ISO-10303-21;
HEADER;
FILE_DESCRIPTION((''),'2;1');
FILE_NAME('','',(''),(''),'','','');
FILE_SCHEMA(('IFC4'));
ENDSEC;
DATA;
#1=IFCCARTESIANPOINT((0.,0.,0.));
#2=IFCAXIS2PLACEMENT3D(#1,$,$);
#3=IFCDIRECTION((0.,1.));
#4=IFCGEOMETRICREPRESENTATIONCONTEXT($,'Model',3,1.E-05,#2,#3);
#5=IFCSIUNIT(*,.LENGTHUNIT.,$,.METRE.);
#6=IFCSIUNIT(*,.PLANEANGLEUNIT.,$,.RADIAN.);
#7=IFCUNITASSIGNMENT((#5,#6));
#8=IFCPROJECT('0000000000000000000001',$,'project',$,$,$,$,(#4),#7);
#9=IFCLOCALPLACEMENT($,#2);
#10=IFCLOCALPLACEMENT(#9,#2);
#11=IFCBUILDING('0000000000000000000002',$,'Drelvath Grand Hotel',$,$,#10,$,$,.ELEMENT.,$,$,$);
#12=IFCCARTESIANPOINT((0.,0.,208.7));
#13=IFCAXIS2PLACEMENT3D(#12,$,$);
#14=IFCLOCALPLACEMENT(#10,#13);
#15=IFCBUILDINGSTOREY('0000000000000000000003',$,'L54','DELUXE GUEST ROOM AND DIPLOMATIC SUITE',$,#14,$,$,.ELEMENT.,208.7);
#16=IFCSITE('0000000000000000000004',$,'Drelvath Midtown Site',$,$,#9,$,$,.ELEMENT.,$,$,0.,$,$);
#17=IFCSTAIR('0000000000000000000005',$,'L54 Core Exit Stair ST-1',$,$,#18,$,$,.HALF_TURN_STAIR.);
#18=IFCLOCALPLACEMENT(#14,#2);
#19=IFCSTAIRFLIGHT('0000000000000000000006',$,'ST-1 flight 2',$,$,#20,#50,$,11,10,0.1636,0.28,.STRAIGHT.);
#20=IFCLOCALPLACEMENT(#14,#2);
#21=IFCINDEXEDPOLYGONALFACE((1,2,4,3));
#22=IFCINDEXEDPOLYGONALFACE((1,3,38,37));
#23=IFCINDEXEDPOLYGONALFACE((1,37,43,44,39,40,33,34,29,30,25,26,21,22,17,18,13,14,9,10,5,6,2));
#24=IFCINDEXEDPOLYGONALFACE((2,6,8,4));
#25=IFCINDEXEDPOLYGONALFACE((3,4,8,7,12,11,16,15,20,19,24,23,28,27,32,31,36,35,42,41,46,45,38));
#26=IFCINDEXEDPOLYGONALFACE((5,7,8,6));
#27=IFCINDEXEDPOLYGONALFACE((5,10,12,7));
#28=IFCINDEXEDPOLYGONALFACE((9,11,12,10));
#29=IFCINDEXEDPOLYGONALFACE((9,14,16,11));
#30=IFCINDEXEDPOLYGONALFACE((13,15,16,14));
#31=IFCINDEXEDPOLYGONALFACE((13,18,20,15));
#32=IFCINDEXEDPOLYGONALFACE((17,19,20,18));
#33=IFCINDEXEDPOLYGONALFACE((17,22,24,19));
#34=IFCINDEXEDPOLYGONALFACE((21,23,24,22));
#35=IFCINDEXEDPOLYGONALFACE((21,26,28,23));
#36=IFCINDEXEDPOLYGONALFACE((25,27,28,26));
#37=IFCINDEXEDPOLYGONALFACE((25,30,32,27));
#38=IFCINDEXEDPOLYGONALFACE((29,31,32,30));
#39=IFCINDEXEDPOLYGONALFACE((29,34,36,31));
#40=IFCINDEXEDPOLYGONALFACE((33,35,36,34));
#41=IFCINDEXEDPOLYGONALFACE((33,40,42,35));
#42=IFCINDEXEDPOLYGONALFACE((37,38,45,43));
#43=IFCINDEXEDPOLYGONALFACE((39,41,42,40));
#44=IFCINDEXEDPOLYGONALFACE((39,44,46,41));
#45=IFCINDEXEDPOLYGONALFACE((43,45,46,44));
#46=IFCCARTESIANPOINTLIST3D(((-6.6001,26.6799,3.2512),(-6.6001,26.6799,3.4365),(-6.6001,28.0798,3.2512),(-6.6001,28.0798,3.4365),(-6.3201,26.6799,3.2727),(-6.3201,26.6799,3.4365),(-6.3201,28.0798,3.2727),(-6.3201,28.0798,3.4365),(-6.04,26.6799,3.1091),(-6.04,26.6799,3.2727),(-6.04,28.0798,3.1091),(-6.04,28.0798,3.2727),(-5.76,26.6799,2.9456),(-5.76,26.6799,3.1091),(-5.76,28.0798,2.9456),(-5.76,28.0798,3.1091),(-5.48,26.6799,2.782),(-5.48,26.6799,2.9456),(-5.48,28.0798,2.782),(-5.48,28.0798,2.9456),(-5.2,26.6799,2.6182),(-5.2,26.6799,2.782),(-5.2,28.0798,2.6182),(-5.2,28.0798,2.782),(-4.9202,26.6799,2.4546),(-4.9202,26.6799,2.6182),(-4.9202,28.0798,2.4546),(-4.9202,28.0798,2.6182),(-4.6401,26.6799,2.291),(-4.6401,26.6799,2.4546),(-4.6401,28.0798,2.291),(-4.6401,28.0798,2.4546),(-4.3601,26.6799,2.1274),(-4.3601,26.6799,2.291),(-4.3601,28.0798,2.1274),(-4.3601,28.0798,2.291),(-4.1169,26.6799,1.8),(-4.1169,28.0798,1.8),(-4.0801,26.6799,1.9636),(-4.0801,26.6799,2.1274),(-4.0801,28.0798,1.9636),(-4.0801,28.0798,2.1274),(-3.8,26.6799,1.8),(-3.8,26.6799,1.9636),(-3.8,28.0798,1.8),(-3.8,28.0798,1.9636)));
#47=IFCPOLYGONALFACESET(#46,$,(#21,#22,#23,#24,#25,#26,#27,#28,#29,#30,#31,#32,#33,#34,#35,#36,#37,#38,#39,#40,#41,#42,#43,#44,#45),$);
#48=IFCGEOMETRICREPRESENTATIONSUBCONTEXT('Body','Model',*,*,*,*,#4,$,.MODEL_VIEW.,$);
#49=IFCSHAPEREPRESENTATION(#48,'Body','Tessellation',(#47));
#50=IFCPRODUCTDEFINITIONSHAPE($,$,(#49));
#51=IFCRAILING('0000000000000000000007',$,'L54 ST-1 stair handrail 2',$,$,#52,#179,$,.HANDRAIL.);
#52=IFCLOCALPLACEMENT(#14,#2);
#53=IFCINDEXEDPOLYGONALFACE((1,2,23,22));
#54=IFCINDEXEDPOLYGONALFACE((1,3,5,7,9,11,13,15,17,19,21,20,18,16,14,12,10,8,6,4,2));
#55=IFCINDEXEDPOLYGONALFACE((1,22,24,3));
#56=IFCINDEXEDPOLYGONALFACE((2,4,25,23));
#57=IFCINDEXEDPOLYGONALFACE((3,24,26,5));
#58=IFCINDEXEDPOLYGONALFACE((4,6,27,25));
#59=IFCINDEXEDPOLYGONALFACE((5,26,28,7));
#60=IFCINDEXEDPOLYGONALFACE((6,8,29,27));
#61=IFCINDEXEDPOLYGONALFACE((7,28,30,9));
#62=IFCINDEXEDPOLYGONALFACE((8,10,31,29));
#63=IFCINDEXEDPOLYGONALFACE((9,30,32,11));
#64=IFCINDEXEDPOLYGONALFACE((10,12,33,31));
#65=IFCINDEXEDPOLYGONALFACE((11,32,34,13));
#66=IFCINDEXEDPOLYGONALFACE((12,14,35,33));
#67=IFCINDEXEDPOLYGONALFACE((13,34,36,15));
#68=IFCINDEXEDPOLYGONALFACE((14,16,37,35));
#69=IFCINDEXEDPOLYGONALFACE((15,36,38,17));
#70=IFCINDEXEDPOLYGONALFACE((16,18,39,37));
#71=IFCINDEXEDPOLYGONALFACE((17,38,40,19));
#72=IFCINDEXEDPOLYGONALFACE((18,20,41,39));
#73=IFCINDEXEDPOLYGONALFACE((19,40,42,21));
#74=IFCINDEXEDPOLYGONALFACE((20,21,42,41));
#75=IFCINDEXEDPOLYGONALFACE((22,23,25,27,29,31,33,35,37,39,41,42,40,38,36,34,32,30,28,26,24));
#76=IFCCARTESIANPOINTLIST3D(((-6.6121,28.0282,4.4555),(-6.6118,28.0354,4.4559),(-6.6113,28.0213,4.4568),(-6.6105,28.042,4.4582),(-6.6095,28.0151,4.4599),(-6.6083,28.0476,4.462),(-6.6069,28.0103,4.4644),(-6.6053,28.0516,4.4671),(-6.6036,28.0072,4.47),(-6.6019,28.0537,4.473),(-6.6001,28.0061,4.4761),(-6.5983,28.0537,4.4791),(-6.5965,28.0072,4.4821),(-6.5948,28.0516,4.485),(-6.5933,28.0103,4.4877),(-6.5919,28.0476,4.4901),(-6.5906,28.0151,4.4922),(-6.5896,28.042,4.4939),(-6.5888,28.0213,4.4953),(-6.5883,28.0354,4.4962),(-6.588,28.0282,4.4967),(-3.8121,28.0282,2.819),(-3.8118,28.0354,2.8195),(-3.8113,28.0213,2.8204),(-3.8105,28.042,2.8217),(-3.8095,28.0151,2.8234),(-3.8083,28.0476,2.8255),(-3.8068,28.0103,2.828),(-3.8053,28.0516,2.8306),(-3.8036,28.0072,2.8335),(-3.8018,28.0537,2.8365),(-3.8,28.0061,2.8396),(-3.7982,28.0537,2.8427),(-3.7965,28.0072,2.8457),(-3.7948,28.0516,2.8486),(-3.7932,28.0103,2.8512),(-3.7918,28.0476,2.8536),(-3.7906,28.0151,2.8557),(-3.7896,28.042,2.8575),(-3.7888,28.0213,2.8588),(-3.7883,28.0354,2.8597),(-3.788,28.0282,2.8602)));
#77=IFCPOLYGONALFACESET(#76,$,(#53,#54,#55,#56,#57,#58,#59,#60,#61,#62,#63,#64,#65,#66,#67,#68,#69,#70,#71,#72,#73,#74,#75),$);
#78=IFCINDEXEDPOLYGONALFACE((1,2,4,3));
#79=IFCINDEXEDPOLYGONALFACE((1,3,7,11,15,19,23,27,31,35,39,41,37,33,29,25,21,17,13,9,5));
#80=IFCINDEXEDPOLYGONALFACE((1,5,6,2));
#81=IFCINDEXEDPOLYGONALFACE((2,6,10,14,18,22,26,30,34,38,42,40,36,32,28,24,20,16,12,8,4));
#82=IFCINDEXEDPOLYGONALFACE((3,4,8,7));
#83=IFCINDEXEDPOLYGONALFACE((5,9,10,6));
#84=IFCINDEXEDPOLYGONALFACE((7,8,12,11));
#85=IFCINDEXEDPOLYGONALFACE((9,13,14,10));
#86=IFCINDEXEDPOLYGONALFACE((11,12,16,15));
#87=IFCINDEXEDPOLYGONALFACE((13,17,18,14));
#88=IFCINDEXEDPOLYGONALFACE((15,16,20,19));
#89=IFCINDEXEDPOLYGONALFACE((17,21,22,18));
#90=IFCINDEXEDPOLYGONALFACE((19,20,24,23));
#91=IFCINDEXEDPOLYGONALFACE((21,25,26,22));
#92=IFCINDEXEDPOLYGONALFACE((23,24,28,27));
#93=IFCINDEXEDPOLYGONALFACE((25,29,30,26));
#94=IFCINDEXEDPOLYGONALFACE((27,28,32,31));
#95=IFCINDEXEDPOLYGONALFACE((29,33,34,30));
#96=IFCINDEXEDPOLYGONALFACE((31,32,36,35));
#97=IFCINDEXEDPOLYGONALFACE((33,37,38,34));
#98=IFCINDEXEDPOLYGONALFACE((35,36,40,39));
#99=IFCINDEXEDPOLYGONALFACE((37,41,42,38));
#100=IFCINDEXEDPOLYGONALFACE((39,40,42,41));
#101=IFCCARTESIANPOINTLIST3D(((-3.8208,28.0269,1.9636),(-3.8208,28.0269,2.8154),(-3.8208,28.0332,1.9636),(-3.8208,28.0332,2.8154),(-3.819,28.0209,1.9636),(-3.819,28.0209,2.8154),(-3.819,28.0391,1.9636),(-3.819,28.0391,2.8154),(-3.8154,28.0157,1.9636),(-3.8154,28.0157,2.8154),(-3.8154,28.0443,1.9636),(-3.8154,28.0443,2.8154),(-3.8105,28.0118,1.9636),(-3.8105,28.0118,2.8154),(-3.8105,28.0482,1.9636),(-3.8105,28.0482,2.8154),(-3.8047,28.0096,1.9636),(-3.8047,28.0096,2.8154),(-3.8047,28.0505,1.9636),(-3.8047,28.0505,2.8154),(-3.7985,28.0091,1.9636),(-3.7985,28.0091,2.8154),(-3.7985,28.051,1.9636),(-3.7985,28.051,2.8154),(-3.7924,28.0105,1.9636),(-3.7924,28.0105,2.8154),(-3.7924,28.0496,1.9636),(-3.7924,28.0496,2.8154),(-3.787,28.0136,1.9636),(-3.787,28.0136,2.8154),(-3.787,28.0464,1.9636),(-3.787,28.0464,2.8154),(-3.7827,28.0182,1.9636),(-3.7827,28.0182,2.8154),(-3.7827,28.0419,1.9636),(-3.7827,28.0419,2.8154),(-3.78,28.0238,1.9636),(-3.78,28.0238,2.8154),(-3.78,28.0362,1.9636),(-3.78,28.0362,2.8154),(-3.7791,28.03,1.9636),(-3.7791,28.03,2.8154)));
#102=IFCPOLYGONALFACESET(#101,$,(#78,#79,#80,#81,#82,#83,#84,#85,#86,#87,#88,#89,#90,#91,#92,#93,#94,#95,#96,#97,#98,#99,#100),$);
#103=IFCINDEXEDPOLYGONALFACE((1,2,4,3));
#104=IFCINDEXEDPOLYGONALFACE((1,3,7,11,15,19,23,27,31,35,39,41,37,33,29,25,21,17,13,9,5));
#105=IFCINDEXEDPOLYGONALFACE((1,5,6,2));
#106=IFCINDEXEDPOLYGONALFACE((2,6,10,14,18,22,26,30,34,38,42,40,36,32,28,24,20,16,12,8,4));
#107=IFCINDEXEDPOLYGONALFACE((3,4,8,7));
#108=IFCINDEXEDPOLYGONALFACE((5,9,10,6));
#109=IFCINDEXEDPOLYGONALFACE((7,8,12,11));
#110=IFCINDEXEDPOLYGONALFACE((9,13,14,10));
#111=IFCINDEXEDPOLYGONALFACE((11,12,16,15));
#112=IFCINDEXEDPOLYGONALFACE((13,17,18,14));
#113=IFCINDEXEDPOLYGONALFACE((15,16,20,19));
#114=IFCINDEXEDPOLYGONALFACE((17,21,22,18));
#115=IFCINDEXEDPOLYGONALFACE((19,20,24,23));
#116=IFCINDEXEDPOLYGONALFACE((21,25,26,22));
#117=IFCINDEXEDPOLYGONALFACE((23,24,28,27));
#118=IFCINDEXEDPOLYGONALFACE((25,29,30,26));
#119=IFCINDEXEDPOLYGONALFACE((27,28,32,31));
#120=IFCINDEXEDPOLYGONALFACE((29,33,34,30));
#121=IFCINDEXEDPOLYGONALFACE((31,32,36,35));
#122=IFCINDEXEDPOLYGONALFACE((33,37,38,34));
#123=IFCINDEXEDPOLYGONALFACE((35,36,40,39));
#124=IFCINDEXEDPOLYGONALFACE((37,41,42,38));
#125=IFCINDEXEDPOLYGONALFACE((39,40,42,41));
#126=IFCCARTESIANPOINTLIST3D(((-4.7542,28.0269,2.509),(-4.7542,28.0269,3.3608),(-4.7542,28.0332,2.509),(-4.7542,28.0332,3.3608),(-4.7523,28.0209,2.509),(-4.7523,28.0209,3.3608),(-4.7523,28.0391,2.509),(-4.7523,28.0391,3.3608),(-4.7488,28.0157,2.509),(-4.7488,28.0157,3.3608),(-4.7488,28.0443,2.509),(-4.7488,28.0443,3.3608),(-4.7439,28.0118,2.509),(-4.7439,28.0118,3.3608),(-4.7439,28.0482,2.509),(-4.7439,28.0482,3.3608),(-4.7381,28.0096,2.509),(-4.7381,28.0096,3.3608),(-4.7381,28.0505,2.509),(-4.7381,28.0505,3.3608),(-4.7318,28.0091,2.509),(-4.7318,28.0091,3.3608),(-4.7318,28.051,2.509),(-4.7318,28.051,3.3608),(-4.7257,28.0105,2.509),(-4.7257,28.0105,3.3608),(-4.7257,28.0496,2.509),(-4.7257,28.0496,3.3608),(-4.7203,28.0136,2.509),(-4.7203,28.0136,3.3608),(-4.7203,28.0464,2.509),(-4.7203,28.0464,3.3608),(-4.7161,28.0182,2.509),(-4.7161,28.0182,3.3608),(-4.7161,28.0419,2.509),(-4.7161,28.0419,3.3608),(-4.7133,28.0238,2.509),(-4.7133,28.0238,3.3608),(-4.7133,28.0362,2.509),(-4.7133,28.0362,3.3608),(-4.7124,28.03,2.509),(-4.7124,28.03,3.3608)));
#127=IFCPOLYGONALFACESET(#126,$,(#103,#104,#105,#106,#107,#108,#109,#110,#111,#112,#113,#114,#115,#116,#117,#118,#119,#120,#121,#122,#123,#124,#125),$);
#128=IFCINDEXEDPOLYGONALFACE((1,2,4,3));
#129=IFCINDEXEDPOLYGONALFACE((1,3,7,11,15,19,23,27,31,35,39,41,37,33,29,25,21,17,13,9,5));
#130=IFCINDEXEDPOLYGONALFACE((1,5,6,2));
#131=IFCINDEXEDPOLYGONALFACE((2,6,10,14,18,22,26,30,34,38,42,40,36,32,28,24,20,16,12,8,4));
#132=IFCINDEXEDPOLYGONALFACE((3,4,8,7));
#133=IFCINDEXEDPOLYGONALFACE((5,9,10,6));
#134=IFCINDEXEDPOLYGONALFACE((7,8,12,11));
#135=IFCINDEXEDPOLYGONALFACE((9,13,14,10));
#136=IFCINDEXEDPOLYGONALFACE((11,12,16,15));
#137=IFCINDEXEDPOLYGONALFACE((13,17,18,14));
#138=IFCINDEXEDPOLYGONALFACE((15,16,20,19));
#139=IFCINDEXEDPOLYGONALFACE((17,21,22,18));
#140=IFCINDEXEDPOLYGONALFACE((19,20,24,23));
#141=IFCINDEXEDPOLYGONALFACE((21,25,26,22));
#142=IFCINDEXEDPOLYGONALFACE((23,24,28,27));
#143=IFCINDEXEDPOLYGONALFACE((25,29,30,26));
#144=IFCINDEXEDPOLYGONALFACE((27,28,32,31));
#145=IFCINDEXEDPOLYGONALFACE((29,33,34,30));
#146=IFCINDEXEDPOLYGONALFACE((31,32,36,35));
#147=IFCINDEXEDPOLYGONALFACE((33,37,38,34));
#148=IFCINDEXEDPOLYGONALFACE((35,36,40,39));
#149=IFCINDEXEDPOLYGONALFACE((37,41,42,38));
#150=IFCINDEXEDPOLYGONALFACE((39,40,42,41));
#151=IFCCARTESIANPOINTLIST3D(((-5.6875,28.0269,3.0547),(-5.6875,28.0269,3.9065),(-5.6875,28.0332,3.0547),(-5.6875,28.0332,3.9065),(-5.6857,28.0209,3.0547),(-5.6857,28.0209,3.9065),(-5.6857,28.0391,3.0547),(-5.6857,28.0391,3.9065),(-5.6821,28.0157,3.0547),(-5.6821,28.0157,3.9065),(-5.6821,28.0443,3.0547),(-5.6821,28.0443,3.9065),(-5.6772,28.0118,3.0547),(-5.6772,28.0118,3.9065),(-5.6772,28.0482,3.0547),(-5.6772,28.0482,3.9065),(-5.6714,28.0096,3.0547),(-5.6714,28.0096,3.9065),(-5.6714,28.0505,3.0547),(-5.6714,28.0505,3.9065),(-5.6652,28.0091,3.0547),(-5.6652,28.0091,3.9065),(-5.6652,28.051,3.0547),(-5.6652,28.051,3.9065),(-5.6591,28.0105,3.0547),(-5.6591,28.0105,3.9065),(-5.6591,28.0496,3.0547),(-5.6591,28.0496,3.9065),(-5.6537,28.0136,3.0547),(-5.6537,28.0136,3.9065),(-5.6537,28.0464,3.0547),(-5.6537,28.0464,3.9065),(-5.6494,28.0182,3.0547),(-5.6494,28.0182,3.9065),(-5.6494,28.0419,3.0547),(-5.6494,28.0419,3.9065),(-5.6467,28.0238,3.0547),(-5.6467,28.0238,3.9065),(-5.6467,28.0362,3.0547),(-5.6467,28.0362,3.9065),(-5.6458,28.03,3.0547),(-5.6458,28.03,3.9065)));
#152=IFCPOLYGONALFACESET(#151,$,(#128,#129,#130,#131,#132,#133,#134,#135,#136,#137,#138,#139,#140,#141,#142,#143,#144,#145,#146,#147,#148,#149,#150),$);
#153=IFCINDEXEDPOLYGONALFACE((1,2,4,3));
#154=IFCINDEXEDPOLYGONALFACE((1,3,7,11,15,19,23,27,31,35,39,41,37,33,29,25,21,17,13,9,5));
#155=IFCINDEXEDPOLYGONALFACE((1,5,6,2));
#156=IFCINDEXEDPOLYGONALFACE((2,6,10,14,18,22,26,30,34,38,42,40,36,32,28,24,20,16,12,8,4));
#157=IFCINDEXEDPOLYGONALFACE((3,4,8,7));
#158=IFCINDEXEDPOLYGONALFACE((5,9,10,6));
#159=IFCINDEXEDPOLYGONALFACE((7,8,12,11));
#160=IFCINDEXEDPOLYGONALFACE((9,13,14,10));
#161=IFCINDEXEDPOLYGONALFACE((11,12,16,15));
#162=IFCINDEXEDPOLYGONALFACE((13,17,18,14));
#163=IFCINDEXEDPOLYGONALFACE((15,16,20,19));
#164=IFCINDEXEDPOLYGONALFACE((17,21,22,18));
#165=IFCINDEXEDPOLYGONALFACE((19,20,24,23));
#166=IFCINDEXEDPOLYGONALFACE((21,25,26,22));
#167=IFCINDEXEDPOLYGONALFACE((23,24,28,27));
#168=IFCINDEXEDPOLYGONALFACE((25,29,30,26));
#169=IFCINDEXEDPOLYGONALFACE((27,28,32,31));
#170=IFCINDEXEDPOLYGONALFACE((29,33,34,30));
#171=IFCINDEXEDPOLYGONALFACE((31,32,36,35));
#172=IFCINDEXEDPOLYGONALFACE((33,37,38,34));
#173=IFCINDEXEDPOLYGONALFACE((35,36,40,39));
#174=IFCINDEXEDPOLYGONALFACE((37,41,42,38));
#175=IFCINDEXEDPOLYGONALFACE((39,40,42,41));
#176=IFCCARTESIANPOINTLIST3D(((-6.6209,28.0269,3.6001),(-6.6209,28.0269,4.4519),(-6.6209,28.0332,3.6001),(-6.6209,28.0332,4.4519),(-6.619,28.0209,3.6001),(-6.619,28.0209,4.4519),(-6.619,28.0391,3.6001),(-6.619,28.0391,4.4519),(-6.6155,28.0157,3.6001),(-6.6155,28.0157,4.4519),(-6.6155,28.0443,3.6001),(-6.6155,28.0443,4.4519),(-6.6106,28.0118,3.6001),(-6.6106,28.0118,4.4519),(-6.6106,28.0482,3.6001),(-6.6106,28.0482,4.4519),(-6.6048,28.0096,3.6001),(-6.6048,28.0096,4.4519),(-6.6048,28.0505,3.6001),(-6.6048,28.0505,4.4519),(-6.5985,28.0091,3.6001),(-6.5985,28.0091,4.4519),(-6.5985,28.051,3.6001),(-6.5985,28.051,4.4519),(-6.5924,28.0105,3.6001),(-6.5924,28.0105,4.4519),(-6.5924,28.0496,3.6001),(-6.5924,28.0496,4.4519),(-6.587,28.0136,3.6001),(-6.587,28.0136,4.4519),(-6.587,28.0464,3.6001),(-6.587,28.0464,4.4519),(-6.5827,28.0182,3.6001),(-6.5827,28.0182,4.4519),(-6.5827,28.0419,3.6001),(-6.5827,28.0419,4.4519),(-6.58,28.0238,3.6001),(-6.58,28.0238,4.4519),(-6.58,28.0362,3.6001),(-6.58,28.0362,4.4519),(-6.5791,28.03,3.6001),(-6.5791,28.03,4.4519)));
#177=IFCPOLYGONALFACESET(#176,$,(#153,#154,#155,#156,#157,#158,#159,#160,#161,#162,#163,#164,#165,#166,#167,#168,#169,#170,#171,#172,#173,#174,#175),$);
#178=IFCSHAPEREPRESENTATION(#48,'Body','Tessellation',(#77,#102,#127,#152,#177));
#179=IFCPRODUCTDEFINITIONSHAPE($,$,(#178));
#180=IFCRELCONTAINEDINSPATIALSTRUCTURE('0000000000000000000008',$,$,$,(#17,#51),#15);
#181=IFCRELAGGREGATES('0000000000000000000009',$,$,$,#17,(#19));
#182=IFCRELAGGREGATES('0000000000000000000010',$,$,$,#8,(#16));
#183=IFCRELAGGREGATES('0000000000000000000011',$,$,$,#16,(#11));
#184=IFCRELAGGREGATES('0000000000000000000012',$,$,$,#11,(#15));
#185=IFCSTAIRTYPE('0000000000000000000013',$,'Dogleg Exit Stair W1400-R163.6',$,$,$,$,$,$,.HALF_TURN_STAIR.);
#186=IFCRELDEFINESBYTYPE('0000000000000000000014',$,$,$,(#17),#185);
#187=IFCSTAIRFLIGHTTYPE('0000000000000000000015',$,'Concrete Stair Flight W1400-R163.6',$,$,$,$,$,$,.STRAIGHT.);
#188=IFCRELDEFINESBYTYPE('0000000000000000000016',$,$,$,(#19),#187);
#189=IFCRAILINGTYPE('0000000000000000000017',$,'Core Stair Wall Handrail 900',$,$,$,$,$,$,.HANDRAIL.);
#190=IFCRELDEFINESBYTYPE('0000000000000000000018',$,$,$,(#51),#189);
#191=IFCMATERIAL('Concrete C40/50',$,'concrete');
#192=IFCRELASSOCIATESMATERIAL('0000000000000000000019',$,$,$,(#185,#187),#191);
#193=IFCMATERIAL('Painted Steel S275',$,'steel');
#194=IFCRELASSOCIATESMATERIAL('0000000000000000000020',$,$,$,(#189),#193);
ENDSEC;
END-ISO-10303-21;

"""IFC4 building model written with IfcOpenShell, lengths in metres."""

from ifc_helpers import new_model, si_unit, direction, frame, origin, origin_2d, place, context, subcontext, project, spatial, polyline, circle, outline, extrude, material, type_object, element, aggregate, save


model = new_model("IFC4")

# Units and contexts
model_context = context("Model", 3, precision=1e-05, world=origin(), true_north=direction((0.0, 1.0)))
body_context = subcontext(model_context, "Body", "Model", "MODEL_VIEW")
ifc_project = project(units=[si_unit("LENGTHUNIT", "METRE"), si_unit("PLANEANGLEUNIT", "RADIAN")], contexts=[model_context])

# Site, building, storey
site_placement = place(None, origin())
site = spatial("IfcSite", under=ifc_project, at=site_placement, Name="Drelvath Midtown Site", CompositionType="ELEMENT", RefElevation=0.0)
building_placement = place(site_placement, origin())
building = spatial("IfcBuilding", under=site, at=building_placement, Name="Drelvath Grand Hotel", CompositionType="ELEMENT")
storey_placement = place(building_placement, frame((0.0, 0.0, 208.7)))
storey = spatial("IfcBuildingStorey", under=building, at=storey_placement, Name="L54", Description="DELUXE GUEST ROOM AND DIPLOMATIC SUITE", CompositionType="ELEMENT", Elevation=208.7)

# Shared definitions
ifc_material_1 = material(Name="Painted Steel S275", Category="steel")

# Shared definitions
ifc_material_2 = material(Name="Concrete C40/50", Category="concrete")

# Stair, stair flight
stair_type = type_object("IfcStairType", Name="Dogleg Exit Stair W1400-R163.6", PredefinedType="HALF_TURN_STAIR", material=ifc_material_2)
stair_placement = place(storey_placement, origin())
stair = element("IfcStair", 1, at=stair_placement, inside=storey, type_object=stair_type, Name="L54 Core Exit Stair ST-1", PredefinedType="HALF_TURN_STAIR")
stair_flight_type = type_object("IfcStairFlightType", Name="Concrete Stair Flight W1400-R163.6", PredefinedType="STRAIGHT", material=ifc_material_2)
stair_flight_placement = place(storey_placement, frame((-3.8, 27.3799, 1.8), z_axis=(0.0, 0.0, 1.0), x_axis=(-1.0, 0.0, 0.0)))
stair_flight = element("IfcStairFlight", 2, at=stair_flight_placement, type_object=stair_flight_type, Name="ST-1 flight 2", NumberOfRisers=11, NumberOfTreads=10, PredefinedType="STRAIGHT", RiserHeight=0.1636, TreadLength=0.28, context=body_context, shape_type="SweptSolid", body=[
    extrude(outline(polyline([(0.0, 0.0), (0.0, 0.1636), (0.28, 0.1636), (0.28, 0.3274), (0.5601, 0.3274), (0.5601, 0.491), (0.8401, 0.491), (0.8401, 0.6545), (1.1201, 0.6545), (1.1201, 0.8181), (1.3999, 0.8181), (1.3999, 0.9819), (1.6799, 0.9819), (1.6799, 1.1455), (1.96, 1.1455), (1.96, 1.3091), (2.24, 1.3091), (2.24, 1.4727), (2.52, 1.4727), (2.52, 1.6365), (2.8, 1.6365), (2.8, 1.8), (2.8, 1.4512), (0.3169, 0.0), (0.0, 0.0)])), frame((0.0, 0.7, 0.0), z_axis=(0.0, -1.0, 0.0), x_axis=(1.0, 0.0, 0.0)), (0.0, 0.0, 1.0), 1.3999),
])
aggregate(stair, [stair_flight])

# Railing
railing_type_1 = type_object("IfcRailingType", Name="Core Stair Wall Handrail 900", PredefinedType="HANDRAIL", material=ifc_material_1)
railing_1_placement = place(storey_placement, frame((-3.8, 28.03, 1.9636)))
element("IfcRailing", 3, at=railing_1_placement, inside=storey, type_object=railing_type_1, Name="L54 ST-1 stair handrail 2", PredefinedType="HANDRAIL", context=body_context, shape_type="SweptSolid", body=[
    extrude(circle(Radius=0.0239, at=origin_2d()), frame((0.0, 0.0, 0.876), z_axis=(-0.863361, 0.0, 0.504587), x_axis=(0.0, -1.0, 0.0)), (0.0, 0.0, 1.0), 3.2432),
    extrude(circle(Radius=0.021, at=origin_2d()), origin(), (0.0, 0.0, 1.0), 0.8518),
    extrude(circle(Radius=0.021, at=origin_2d()), frame((-0.9333, 0.0, 0.5454)), (0.0, 0.0, 1.0), 0.8518),
    extrude(circle(Radius=0.021, at=origin_2d()), frame((-1.8667, 0.0, 1.0911)), (0.0, 0.0, 1.0), 0.8518),
    extrude(circle(Radius=0.021, at=origin_2d()), frame((-2.8, 0.0, 1.6365)), (0.0, 0.0, 1.0), 0.8518),
])

save(model, "model.ifc")
